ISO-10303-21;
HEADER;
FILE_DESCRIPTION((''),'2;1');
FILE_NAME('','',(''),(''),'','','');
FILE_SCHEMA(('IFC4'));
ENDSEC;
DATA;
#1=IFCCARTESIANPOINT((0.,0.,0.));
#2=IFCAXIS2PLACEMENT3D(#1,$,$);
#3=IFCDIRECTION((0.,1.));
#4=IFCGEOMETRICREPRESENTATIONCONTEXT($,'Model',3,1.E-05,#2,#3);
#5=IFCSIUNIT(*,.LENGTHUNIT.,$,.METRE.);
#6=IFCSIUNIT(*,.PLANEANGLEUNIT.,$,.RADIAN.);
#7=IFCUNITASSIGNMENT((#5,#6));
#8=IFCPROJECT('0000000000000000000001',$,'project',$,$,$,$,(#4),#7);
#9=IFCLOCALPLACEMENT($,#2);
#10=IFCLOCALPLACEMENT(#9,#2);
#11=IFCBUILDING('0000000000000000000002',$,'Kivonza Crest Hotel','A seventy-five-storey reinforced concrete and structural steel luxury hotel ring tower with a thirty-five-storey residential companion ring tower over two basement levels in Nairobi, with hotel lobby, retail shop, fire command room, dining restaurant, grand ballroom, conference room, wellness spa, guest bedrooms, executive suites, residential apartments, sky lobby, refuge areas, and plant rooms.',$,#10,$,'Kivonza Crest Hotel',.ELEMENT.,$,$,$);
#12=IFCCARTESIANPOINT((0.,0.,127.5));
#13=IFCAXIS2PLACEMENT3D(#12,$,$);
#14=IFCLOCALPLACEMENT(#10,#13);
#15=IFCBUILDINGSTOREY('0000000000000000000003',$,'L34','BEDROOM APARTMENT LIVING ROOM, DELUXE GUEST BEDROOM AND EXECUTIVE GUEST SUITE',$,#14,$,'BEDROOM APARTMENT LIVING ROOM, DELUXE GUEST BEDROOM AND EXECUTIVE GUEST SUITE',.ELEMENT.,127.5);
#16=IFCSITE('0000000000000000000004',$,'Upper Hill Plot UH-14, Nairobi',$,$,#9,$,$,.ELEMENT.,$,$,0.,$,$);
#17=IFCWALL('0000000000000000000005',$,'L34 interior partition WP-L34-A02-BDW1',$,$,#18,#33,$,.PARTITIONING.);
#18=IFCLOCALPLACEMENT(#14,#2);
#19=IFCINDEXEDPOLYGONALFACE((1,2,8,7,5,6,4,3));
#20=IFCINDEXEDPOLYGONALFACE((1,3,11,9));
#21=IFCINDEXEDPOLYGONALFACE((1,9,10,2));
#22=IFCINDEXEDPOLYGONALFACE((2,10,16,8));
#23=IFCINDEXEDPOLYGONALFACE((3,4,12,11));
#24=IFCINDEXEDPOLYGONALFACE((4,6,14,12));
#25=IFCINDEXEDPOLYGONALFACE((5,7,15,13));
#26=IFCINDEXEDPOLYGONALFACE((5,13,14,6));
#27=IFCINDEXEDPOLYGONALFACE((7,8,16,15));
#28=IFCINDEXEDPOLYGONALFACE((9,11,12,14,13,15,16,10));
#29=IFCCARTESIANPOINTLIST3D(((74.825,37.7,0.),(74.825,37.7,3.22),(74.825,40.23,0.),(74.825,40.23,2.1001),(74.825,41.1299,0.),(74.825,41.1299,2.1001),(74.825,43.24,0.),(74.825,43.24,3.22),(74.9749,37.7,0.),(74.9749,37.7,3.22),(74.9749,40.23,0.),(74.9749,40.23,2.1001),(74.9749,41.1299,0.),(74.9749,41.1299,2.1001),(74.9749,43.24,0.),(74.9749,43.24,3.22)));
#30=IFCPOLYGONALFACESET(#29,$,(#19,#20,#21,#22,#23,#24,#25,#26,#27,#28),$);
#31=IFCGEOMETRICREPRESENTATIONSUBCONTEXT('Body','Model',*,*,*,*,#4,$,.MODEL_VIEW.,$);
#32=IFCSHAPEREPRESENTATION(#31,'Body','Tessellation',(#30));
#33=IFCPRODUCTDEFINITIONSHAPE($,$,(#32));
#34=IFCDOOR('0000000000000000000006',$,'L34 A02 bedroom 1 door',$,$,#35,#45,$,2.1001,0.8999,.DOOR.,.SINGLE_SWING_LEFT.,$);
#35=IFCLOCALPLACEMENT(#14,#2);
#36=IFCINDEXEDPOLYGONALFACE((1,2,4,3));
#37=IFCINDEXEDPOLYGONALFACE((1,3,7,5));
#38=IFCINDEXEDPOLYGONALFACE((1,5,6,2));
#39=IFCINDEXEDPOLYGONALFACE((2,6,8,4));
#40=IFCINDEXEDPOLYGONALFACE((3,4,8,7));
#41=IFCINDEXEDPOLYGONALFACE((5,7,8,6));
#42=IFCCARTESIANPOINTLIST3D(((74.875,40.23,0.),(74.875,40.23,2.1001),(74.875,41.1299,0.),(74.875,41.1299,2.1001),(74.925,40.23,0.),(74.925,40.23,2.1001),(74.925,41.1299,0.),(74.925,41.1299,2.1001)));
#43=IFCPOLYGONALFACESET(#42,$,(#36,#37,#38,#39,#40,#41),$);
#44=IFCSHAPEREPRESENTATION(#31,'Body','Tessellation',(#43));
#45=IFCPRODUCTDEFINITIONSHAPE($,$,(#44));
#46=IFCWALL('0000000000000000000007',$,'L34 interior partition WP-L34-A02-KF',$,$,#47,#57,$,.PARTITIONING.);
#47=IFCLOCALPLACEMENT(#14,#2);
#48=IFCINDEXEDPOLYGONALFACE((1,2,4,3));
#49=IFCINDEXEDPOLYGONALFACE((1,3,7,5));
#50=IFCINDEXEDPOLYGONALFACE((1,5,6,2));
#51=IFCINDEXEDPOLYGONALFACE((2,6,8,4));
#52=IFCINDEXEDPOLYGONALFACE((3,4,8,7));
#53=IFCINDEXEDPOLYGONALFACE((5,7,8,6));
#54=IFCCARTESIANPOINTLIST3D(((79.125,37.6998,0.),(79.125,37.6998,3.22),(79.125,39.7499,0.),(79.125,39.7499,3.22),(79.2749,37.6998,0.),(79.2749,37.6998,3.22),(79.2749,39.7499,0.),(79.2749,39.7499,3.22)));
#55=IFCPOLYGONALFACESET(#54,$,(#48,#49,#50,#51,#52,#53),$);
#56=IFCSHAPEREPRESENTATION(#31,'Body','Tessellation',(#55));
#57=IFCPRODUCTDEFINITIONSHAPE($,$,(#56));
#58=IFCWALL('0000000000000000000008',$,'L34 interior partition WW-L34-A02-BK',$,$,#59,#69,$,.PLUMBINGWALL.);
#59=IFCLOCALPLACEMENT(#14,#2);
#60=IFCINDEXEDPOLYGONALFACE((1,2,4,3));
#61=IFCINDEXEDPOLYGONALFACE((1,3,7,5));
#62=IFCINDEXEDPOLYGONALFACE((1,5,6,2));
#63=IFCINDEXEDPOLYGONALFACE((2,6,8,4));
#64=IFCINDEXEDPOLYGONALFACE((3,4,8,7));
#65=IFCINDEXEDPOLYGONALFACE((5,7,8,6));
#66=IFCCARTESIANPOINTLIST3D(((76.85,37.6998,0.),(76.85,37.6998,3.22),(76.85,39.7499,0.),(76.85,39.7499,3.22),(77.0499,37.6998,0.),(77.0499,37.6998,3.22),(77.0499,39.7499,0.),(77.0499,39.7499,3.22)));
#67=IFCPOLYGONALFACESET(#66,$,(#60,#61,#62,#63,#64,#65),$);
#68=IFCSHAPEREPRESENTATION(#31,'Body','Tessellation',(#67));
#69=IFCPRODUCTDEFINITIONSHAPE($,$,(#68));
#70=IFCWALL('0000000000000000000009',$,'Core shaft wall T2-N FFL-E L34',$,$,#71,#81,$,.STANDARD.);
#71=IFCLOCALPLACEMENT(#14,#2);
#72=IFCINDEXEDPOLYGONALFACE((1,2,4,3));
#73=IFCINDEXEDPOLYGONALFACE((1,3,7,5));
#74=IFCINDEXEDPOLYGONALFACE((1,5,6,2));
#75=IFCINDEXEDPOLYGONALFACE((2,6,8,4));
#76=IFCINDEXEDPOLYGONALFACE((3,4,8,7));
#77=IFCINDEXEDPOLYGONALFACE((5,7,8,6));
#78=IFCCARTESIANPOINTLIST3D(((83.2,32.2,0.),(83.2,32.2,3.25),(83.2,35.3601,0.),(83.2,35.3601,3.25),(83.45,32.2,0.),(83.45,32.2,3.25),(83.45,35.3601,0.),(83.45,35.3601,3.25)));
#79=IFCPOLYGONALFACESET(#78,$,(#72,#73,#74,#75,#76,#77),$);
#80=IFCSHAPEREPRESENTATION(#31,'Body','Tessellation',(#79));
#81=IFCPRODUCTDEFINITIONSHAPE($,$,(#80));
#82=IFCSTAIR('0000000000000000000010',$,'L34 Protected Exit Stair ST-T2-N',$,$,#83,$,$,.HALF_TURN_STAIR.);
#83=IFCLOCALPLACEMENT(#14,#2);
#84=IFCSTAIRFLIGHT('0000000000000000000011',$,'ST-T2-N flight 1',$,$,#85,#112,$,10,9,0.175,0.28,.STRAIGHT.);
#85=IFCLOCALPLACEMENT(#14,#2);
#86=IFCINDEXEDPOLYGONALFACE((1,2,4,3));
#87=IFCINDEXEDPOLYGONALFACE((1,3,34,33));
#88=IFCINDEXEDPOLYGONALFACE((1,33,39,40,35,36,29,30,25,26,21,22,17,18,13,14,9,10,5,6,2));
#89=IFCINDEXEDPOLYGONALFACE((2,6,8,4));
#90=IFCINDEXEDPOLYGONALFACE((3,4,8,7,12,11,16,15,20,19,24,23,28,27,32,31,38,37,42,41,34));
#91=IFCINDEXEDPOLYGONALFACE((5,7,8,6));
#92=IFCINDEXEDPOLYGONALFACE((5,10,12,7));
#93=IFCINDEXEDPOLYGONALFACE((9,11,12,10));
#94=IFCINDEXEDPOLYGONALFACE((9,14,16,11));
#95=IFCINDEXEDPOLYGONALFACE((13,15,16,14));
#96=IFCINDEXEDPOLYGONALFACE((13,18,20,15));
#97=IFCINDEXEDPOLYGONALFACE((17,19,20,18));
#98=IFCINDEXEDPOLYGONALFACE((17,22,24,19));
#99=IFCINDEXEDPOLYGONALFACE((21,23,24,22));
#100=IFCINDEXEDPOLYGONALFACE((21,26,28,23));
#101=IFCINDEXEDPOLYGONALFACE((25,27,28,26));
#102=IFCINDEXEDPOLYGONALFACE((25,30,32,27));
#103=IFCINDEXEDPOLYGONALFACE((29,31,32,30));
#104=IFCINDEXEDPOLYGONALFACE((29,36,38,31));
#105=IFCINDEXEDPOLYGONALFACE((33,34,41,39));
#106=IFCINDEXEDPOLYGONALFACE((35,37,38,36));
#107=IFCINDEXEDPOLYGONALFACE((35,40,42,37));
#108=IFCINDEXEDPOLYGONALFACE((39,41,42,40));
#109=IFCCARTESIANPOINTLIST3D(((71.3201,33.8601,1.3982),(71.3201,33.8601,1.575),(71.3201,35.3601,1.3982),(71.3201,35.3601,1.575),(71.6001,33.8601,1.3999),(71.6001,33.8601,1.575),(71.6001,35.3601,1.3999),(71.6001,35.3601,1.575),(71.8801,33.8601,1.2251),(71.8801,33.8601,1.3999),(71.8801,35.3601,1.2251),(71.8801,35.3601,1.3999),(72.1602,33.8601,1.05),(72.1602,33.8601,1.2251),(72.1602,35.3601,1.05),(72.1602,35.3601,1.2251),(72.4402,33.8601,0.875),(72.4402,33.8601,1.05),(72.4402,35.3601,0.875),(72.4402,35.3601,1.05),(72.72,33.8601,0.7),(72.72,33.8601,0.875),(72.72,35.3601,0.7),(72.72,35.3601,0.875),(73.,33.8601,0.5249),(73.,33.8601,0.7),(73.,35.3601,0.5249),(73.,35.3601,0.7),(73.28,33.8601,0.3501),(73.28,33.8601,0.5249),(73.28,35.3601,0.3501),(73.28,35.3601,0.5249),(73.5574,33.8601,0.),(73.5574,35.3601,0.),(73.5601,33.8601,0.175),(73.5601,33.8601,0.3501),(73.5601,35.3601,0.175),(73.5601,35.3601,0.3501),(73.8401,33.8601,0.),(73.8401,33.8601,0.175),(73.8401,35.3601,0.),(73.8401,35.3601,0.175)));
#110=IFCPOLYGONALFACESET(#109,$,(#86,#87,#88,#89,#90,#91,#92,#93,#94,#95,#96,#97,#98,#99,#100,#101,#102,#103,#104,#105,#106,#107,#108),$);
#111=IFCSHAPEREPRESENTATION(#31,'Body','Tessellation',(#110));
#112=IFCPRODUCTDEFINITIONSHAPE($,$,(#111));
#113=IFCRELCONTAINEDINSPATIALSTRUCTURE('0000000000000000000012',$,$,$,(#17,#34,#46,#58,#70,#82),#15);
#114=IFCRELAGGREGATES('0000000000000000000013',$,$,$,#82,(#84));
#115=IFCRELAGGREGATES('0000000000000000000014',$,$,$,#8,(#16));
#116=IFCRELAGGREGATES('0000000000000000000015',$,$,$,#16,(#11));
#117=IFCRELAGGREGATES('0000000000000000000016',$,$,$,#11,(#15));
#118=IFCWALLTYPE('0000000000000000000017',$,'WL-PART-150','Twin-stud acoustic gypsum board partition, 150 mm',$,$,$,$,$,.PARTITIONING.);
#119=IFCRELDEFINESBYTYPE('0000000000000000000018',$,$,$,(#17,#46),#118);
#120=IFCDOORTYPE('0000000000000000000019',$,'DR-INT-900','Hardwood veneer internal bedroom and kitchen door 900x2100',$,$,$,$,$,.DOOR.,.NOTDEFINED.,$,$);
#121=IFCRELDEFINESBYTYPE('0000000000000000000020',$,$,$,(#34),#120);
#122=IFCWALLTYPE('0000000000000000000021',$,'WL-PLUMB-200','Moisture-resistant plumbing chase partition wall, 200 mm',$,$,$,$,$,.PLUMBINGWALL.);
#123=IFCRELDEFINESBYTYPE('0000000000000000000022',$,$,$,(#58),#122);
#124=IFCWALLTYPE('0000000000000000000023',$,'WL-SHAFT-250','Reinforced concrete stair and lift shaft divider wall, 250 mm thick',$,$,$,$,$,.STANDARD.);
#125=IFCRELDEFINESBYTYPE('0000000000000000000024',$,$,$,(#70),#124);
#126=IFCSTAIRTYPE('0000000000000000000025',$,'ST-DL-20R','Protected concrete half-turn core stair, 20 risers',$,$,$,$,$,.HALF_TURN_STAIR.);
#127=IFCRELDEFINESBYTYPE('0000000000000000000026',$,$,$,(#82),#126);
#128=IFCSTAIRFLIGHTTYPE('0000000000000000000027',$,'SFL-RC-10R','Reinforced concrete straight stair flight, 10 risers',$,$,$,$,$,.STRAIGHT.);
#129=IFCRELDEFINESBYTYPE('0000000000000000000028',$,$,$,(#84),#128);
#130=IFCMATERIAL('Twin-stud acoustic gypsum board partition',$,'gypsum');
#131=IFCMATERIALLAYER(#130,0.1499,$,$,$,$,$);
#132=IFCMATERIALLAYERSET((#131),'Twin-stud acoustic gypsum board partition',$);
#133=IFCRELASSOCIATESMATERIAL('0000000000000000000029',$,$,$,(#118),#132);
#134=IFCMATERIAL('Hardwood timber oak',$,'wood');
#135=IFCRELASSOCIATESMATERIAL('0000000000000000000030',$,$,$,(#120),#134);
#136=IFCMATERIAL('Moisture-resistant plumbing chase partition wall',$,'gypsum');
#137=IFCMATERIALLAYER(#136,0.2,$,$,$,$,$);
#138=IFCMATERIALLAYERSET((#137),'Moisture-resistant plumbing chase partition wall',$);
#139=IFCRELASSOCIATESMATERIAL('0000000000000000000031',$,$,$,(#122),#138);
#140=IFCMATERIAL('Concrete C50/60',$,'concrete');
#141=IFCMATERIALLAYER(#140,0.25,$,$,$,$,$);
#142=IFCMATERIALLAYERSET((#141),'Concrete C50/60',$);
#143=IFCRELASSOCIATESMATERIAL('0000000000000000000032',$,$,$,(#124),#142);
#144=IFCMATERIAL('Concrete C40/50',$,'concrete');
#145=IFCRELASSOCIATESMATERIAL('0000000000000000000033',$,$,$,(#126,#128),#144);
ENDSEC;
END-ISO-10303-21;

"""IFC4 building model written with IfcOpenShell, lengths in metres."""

from ifc_helpers import new_model, si_unit, direction, frame, frame_2d, origin, place, context, subcontext, project, spatial, polyline, rectangle, outline, extrude, material, layer, layer_set, type_object, element, fill, aggregate, save


model = new_model("IFC4")

# Units and contexts
model_context = context("Model", 3, precision=1e-05, world=origin(), true_north=direction((0.0, 1.0)))
body_context = subcontext(model_context, "Body", "Model", "MODEL_VIEW")
ifc_project = project(units=[si_unit("LENGTHUNIT", "METRE"), si_unit("PLANEANGLEUNIT", "RADIAN")], contexts=[model_context])

# Site, building, storey
site_placement = place(None, origin())
site = spatial("IfcSite", under=ifc_project, at=site_placement, Name="Upper Hill Plot UH-14, Nairobi", CompositionType="ELEMENT", RefElevation=0.0)
building_placement = place(site_placement, origin())
building = spatial("IfcBuilding", under=site, at=building_placement, Name="Kivonza Crest Hotel", Description="A seventy-five-storey reinforced concrete and structural steel luxury hotel ring tower with a thirty-five-storey residential companion ring tower over two basement levels in Nairobi, with hotel lobby, retail shop, fire command room, dining restaurant, grand ballroom, conference room, wellness spa, guest bedrooms, executive suites, residential apartments, sky lobby, refuge areas, and plant rooms.", LongName="Kivonza Crest Hotel", CompositionType="ELEMENT")
storey_placement = place(building_placement, frame((0.0, 0.0, 127.5)))
storey = spatial("IfcBuildingStorey", under=building, at=storey_placement, Name="L34", Description="BEDROOM APARTMENT LIVING ROOM, DELUXE GUEST BEDROOM AND EXECUTIVE GUEST SUITE", LongName="BEDROOM APARTMENT LIVING ROOM, DELUXE GUEST BEDROOM AND EXECUTIVE GUEST SUITE", CompositionType="ELEMENT", Elevation=127.5)

# Shared definitions
ifc_material_1 = material(Name="Hardwood timber oak", Category="wood")

# Shared definitions
ifc_material_2 = material(Name="Twin-stud acoustic gypsum board partition", Category="gypsum")
ifc_layer_1 = layer(ifc_material_2, 0.1499)
ifc_layer_set_1 = layer_set([ifc_layer_1], Name="Twin-stud acoustic gypsum board partition")
wall_type_1 = type_object("IfcWallType", Name="WL-PART-150", Description="Twin-stud acoustic gypsum board partition, 150 mm", PredefinedType="PARTITIONING", material=ifc_layer_set_1)

# Wall, opening, door
wall_1_placement = place(storey_placement, frame((74.8999, 37.7, 0.0), z_axis=(0.0, 0.0, 1.0), x_axis=(0.0, 1.0, 0.0)))
wall_1 = element("IfcWall", 1, at=wall_1_placement, inside=storey, type_object=wall_type_1, Name="L34 interior partition WP-L34-A02-BDW1", PredefinedType="PARTITIONING", context=body_context, shape_type="SweptSolid", body=[
    extrude(rectangle(XDim=5.54, YDim=0.1499, at=frame_2d((2.77, 0.0))), origin(), (0.0, 0.0, 1.0), 3.22),
])
opening_1_placement = place(wall_1_placement, frame((2.53, 0.0, 0.0)))
opening_1 = element("IfcOpeningElement", 2, at=opening_1_placement, cuts=wall_1, PredefinedType="OPENING", context=body_context, shape_type="SweptSolid", body=[
    extrude(rectangle(XDim=0.8999, YDim=2.1001, at=frame_2d((0.45, 1.05))), frame((0.0, 0.085, 0.0), z_axis=(0.0, -1.0, 0.0), x_axis=(1.0, 0.0, 0.0)), (0.0, 0.0, 1.0), 0.1699),
])
door_type_1 = type_object("IfcDoorType", Name="DR-INT-900", Description="Hardwood veneer internal bedroom and kitchen door 900x2100", OperationType="NOTDEFINED", PredefinedType="DOOR", material=ifc_material_1)
door_1_placement = place(opening_1_placement, origin())
door_1 = element("IfcDoor", 3, at=door_1_placement, inside=storey, type_object=door_type_1, Name="L34 A02 bedroom 1 door", OperationType="SINGLE_SWING_LEFT", OverallHeight=2.1001, OverallWidth=0.8999, PredefinedType="DOOR", context=body_context, shape_type="SweptSolid", body=[
    extrude(rectangle(XDim=0.8999, YDim=2.1001, at=frame_2d((0.45, 1.05))), frame((0.0, 0.0249, 0.0), z_axis=(0.0, -1.0, 0.0), x_axis=(1.0, 0.0, 0.0)), (0.0, 0.0, 1.0), 0.05),
])
fill(opening_1, door_1)

# Walls
wall_2_placement = place(storey_placement, frame((79.2, 37.7, 0.0), z_axis=(0.0, 0.0, 1.0), x_axis=(0.0, 1.0, 0.0)))
element("IfcWall", 4, at=wall_2_placement, inside=storey, type_object=wall_type_1, Name="L34 interior partition WP-L34-A02-KF", PredefinedType="PARTITIONING", context=body_context, shape_type="SweptSolid", body=[
    extrude(rectangle(XDim=2.05, YDim=0.1499, at=frame_2d((1.0249, 0.0))), origin(), (0.0, 0.0, 1.0), 3.22),
])
ifc_material_3 = material(Name="Moisture-resistant plumbing chase partition wall", Category="gypsum")
ifc_layer_2 = layer(ifc_material_3, 0.2)
ifc_layer_set_2 = layer_set([ifc_layer_2], Name="Moisture-resistant plumbing chase partition wall")
wall_type_2 = type_object("IfcWallType", Name="WL-PLUMB-200", Description="Moisture-resistant plumbing chase partition wall, 200 mm", PredefinedType="PLUMBINGWALL", material=ifc_layer_set_2)
wall_3_placement = place(storey_placement, frame((76.95, 37.7, 0.0), z_axis=(0.0, 0.0, 1.0), x_axis=(0.0, 1.0, 0.0)))
element("IfcWall", 5, at=wall_3_placement, inside=storey, type_object=wall_type_2, Name="L34 interior partition WW-L34-A02-BK", PredefinedType="PLUMBINGWALL", context=body_context, shape_type="SweptSolid", body=[
    extrude(rectangle(XDim=2.05, YDim=0.2, at=frame_2d((1.0249, 0.0))), origin(), (0.0, 0.0, 1.0), 3.22),
])

# Shared definitions
ifc_material_4 = material(Name="Concrete C50/60", Category="concrete")
ifc_layer_3 = layer(ifc_material_4, 0.25)
ifc_layer_set_3 = layer_set([ifc_layer_3], Name="Concrete C50/60")
wall_type_3 = type_object("IfcWallType", Name="WL-SHAFT-250", Description="Reinforced concrete stair and lift shaft divider wall, 250 mm thick", PredefinedType="STANDARD", material=ifc_layer_set_3)

# Wall
wall_4_placement = place(storey_placement, frame((83.325, 32.2, 0.0), z_axis=(0.0, 0.0, 1.0), x_axis=(0.0, 1.0, 0.0)))
element("IfcWall", 6, at=wall_4_placement, inside=storey, type_object=wall_type_3, Name="Core shaft wall T2-N FFL-E L34", PredefinedType="STANDARD", context=body_context, shape_type="SweptSolid", body=[
    extrude(rectangle(XDim=3.1602, YDim=0.25, at=frame_2d((1.5801, 0.0))), origin(), (0.0, 0.0, 1.0), 3.25),
])

# Stair, stair flight
ifc_material_5 = material(Name="Concrete C40/50", Category="concrete")
stair_type = type_object("IfcStairType", Name="ST-DL-20R", Description="Protected concrete half-turn core stair, 20 risers", PredefinedType="HALF_TURN_STAIR", material=ifc_material_5)
stair_placement = place(storey_placement, origin())
stair = element("IfcStair", 7, at=stair_placement, inside=storey, type_object=stair_type, Name="L34 Protected Exit Stair ST-T2-N", PredefinedType="HALF_TURN_STAIR")
stair_flight_type = type_object("IfcStairFlightType", Name="SFL-RC-10R", Description="Reinforced concrete straight stair flight, 10 risers", PredefinedType="STRAIGHT", material=ifc_material_5)
stair_flight_placement = place(storey_placement, frame((73.8401, 34.6101, 0.0), z_axis=(0.0, 0.0, 1.0), x_axis=(-1.0, 0.0, 0.0)))
stair_flight = element("IfcStairFlight", 8, at=stair_flight_placement, type_object=stair_flight_type, Name="ST-T2-N flight 1", NumberOfRisers=10, NumberOfTreads=9, PredefinedType="STRAIGHT", RiserHeight=0.175, TreadLength=0.28, context=body_context, shape_type="SweptSolid", body=[
    extrude(outline(polyline([(0.0, 0.0), (0.0, 0.175), (0.28, 0.175), (0.28, 0.3501), (0.5601, 0.3501), (0.5601, 0.5249), (0.8401, 0.5249), (0.8401, 0.7), (1.1201, 0.7), (1.1201, 0.875), (1.3999, 0.875), (1.3999, 1.05), (1.6799, 1.05), (1.6799, 1.2251), (1.96, 1.2251), (1.96, 1.3999), (2.24, 1.3999), (2.24, 1.575), (2.52, 1.575), (2.52, 1.75), (2.52, 1.3982), (0.2827, 0.0), (0.0, 0.0)])), frame((0.0, 0.75, 0.0), z_axis=(0.0, -1.0, 0.0), x_axis=(1.0, 0.0, 0.0)), (0.0, 0.0, 1.0), 1.5),
])
aggregate(stair, [stair_flight])

save(model, "model.ifc")
